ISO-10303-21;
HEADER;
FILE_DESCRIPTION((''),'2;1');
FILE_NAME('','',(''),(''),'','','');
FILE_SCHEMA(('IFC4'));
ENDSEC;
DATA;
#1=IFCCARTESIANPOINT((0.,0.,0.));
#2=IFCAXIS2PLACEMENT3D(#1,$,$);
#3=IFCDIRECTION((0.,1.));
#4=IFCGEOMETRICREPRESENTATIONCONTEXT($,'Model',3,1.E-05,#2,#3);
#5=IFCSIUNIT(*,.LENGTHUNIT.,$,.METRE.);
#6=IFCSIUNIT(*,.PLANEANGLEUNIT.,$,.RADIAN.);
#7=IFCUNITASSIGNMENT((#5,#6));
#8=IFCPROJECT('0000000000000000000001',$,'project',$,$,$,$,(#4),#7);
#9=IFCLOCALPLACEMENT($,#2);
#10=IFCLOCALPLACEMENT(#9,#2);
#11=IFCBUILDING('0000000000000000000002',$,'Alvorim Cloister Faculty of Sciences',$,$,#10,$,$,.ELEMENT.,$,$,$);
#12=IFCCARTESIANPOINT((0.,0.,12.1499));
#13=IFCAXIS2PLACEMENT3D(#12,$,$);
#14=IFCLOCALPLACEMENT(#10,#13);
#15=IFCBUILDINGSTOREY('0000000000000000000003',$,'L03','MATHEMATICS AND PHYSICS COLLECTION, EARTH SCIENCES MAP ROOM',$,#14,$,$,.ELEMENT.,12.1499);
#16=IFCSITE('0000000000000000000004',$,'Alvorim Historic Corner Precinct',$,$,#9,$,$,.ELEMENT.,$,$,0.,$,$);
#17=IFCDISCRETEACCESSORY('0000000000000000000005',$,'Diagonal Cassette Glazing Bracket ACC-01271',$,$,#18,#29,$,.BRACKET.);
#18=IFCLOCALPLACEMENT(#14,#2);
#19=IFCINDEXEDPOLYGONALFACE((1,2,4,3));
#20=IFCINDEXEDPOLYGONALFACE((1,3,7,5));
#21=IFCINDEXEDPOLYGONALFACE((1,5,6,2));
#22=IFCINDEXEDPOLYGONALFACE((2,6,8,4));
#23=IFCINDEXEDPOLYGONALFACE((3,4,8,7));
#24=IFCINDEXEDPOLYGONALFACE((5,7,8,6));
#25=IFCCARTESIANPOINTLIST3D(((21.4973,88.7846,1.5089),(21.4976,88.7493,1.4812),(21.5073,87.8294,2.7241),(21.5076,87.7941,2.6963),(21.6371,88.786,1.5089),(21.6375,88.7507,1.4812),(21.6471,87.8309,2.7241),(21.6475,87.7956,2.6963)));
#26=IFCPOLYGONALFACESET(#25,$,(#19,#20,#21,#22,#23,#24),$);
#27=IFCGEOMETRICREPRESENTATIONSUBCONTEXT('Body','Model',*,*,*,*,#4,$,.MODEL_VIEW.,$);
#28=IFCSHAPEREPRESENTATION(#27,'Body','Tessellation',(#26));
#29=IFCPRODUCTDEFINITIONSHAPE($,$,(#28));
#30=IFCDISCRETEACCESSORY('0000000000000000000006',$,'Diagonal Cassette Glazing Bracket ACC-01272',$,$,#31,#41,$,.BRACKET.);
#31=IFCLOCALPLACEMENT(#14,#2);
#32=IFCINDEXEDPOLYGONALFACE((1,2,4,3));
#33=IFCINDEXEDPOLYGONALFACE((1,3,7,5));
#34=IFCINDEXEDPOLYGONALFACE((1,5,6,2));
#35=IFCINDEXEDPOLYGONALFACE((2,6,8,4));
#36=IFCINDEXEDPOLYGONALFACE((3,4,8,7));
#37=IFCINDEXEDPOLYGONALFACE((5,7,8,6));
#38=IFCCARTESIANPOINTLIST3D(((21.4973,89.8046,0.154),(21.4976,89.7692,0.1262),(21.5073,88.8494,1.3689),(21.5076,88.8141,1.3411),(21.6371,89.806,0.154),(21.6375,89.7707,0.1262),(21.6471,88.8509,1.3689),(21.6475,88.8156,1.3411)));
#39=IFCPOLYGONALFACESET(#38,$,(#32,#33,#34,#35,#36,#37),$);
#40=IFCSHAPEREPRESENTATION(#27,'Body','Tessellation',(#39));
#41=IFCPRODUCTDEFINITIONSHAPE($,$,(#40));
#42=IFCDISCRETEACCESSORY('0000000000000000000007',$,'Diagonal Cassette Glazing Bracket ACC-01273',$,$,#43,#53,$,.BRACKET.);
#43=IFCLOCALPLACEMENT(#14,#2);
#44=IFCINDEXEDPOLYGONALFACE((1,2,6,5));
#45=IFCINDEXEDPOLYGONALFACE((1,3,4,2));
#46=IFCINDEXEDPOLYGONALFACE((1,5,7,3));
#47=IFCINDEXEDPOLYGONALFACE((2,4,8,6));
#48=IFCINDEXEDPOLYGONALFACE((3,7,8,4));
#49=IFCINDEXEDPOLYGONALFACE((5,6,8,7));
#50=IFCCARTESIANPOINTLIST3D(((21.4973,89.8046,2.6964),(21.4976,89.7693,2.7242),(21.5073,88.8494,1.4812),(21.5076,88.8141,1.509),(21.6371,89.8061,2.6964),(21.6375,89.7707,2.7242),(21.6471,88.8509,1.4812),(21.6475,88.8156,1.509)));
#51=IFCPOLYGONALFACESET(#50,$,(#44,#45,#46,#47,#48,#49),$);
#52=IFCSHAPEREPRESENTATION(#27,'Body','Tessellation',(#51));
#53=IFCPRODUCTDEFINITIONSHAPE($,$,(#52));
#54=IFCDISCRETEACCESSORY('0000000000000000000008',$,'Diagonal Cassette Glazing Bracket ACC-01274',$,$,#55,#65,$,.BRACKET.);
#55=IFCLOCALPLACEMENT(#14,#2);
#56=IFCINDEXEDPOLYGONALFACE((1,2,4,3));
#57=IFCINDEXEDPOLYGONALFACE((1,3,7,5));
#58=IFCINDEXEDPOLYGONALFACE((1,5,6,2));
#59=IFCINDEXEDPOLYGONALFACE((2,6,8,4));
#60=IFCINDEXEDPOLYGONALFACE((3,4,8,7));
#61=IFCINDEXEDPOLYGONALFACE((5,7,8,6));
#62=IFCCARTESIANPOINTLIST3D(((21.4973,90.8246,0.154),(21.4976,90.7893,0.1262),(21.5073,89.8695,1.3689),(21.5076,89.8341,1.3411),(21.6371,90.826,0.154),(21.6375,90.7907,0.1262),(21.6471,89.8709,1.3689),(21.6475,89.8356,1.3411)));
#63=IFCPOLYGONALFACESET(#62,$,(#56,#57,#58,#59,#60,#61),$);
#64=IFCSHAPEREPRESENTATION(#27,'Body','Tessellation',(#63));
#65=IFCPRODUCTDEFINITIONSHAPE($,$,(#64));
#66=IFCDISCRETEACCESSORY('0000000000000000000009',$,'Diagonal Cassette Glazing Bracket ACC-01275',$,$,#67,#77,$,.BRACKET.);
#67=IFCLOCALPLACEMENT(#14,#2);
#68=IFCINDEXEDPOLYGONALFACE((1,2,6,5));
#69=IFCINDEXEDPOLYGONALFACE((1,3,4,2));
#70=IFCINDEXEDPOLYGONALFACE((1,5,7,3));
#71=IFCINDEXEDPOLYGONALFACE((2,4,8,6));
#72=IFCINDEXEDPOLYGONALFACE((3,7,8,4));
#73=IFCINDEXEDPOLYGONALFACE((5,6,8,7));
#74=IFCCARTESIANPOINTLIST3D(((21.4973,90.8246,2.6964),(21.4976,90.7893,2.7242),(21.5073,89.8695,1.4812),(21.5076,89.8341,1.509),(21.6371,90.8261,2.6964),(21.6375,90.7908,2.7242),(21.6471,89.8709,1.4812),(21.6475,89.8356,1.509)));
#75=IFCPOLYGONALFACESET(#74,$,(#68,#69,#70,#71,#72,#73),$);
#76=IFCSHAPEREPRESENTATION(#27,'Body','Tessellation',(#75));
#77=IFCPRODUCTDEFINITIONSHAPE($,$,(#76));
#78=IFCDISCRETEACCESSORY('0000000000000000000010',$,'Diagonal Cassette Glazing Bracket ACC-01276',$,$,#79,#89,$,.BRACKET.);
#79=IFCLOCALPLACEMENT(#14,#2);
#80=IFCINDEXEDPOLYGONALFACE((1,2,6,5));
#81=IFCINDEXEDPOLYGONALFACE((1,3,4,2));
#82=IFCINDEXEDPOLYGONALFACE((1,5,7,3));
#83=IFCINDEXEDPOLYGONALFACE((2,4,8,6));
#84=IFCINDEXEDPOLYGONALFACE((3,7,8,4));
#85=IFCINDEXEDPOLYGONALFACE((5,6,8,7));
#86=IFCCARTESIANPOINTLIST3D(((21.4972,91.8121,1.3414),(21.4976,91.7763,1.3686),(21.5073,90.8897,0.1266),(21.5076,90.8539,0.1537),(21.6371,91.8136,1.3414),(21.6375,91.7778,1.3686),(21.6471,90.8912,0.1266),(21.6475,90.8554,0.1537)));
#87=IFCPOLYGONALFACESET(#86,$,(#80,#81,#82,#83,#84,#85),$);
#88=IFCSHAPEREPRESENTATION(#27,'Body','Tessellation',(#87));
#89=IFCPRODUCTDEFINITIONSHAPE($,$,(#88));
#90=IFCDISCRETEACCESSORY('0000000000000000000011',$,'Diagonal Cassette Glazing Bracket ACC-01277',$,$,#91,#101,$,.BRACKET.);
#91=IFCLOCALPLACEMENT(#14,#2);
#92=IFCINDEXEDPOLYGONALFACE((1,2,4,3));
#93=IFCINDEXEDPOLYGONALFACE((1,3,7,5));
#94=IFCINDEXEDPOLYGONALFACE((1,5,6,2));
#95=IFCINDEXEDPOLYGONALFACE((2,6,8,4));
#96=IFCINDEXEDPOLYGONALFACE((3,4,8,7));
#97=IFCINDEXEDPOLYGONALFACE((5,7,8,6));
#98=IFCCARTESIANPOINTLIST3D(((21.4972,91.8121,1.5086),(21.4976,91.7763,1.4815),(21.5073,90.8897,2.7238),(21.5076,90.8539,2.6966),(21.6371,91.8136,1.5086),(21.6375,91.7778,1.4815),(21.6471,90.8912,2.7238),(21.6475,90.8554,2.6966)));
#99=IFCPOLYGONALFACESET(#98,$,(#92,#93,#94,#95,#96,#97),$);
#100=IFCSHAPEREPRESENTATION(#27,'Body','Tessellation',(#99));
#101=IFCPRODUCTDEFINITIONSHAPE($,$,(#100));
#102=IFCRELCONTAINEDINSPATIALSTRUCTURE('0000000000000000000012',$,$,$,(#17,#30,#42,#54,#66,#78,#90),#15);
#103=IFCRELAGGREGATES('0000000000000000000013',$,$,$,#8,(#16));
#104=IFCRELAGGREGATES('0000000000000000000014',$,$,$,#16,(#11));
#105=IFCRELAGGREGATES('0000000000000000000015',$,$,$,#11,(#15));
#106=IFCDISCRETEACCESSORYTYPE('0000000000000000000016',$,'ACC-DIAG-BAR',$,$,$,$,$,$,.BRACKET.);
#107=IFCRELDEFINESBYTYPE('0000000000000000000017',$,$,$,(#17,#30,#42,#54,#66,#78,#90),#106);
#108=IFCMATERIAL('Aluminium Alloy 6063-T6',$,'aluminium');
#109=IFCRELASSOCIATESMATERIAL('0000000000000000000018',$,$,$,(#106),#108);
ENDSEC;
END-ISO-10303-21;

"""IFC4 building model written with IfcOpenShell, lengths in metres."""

from ifc_helpers import new_model, si_unit, direction, frame, origin, origin_2d, place, context, subcontext, project, spatial, rectangle, extrude, material, type_object, element, save


model = new_model("IFC4")

# Units and contexts
model_context = context("Model", 3, precision=1e-05, world=origin(), true_north=direction((0.0, 1.0)))
body_context = subcontext(model_context, "Body", "Model", "MODEL_VIEW")
ifc_project = project(units=[si_unit("LENGTHUNIT", "METRE"), si_unit("PLANEANGLEUNIT", "RADIAN")], contexts=[model_context])

# Site, building, storey
site_placement = place(None, origin())
site = spatial("IfcSite", under=ifc_project, at=site_placement, Name="Alvorim Historic Corner Precinct", CompositionType="ELEMENT", RefElevation=0.0)
building_placement = place(site_placement, origin())
building = spatial("IfcBuilding", under=site, at=building_placement, Name="Alvorim Cloister Faculty of Sciences", CompositionType="ELEMENT")
storey_placement = place(building_placement, frame((0.0, 0.0, 12.1499)))
storey = spatial("IfcBuildingStorey", under=building, at=storey_placement, Name="L03", Description="MATHEMATICS AND PHYSICS COLLECTION, EARTH SCIENCES MAP ROOM", CompositionType="ELEMENT", Elevation=12.1499)

# Shared definitions
ifc_material_1 = material(Name="Aluminium Alloy 6063-T6", Category="aluminium")

# Discrete accessories
discrete_accessory_type = type_object("IfcDiscreteAccessoryType", Name="ACC-DIAG-BAR", PredefinedType="BRACKET", material=ifc_material_1)
discrete_accessory_1_placement = place(storey_placement, frame((21.5774, 87.8125, 2.7102), z_axis=(-0.006477, 0.617955, -0.786187), x_axis=(-0.999945, -0.01048, 0.0)))
element("IfcDiscreteAccessory", 1, at=discrete_accessory_1_placement, inside=storey, type_object=discrete_accessory_type, Name="Diagonal Cassette Glazing Bracket ACC-01271", PredefinedType="BRACKET", context=body_context, shape_type="SweptSolid", body=[
    extrude(rectangle(XDim=0.1399, YDim=0.0449, at=origin_2d()), origin(), (0.0, 0.0, 1.0), 1.5457),
])
discrete_accessory_2_placement = place(storey_placement, frame((21.5774, 88.8325, 1.355), z_axis=(-0.006477, 0.618032, -0.786126), x_axis=(-0.999945, -0.01048, 0.0)))
element("IfcDiscreteAccessory", 2, at=discrete_accessory_2_placement, inside=storey, type_object=discrete_accessory_type, Name="Diagonal Cassette Glazing Bracket ACC-01272", PredefinedType="BRACKET", context=body_context, shape_type="SweptSolid", body=[
    extrude(rectangle(XDim=0.1399, YDim=0.0449, at=origin_2d()), origin(), (0.0, 0.0, 1.0), 1.5454),
])
discrete_accessory_3_placement = place(storey_placement, frame((21.5774, 88.8325, 1.4951), z_axis=(-0.006477, 0.617955, 0.786187), x_axis=(-0.999945, -0.01048, 0.0)))
element("IfcDiscreteAccessory", 3, at=discrete_accessory_3_placement, inside=storey, type_object=discrete_accessory_type, Name="Diagonal Cassette Glazing Bracket ACC-01273", PredefinedType="BRACKET", context=body_context, shape_type="SweptSolid", body=[
    extrude(rectangle(XDim=0.1399, YDim=0.0449, at=origin_2d()), origin(), (0.0, 0.0, 1.0), 1.5457),
])
discrete_accessory_4_placement = place(storey_placement, frame((21.5774, 89.8525, 1.355), z_axis=(-0.006477, 0.618032, -0.786126), x_axis=(-0.999945, -0.01048, 0.0)))
element("IfcDiscreteAccessory", 4, at=discrete_accessory_4_placement, inside=storey, type_object=discrete_accessory_type, Name="Diagonal Cassette Glazing Bracket ACC-01274", PredefinedType="BRACKET", context=body_context, shape_type="SweptSolid", body=[
    extrude(rectangle(XDim=0.1399, YDim=0.0449, at=origin_2d()), origin(), (0.0, 0.0, 1.0), 1.5454),
])
discrete_accessory_5_placement = place(storey_placement, frame((21.5774, 89.8525, 1.4951), z_axis=(-0.006477, 0.617955, 0.786187), x_axis=(-0.999945, -0.01048, 0.0)))
element("IfcDiscreteAccessory", 5, at=discrete_accessory_5_placement, inside=storey, type_object=discrete_accessory_type, Name="Diagonal Cassette Glazing Bracket ACC-01275", PredefinedType="BRACKET", context=body_context, shape_type="SweptSolid", body=[
    extrude(rectangle(XDim=0.1399, YDim=0.0449, at=origin_2d()), origin(), (0.0, 0.0, 1.0), 1.5457),
])
discrete_accessory_6_placement = place(storey_placement, frame((21.5774, 90.8726, 0.1401), z_axis=(-0.006562, 0.604689, 0.796435), x_axis=(-0.999941, -0.010852, 0.0)))
element("IfcDiscreteAccessory", 6, at=discrete_accessory_6_placement, inside=storey, type_object=discrete_accessory_type, Name="Diagonal Cassette Glazing Bracket ACC-01276", PredefinedType="BRACKET", context=body_context, shape_type="SweptSolid", body=[
    extrude(rectangle(XDim=0.1399, YDim=0.0449, at=origin_2d()), origin(), (0.0, 0.0, 1.0), 1.5254),
])
discrete_accessory_7_placement = place(storey_placement, frame((21.5774, 90.8726, 2.7102), z_axis=(-0.006561, 0.604612, -0.796493), x_axis=(-0.999941, -0.010852, 0.0)))
element("IfcDiscreteAccessory", 7, at=discrete_accessory_7_placement, inside=storey, type_object=discrete_accessory_type, Name="Diagonal Cassette Glazing Bracket ACC-01277", PredefinedType="BRACKET", context=body_context, shape_type="SweptSolid", body=[
    extrude(rectangle(XDim=0.1399, YDim=0.0449, at=origin_2d()), origin(), (0.0, 0.0, 1.0), 1.5256),
])

save(model, "model.ifc")
